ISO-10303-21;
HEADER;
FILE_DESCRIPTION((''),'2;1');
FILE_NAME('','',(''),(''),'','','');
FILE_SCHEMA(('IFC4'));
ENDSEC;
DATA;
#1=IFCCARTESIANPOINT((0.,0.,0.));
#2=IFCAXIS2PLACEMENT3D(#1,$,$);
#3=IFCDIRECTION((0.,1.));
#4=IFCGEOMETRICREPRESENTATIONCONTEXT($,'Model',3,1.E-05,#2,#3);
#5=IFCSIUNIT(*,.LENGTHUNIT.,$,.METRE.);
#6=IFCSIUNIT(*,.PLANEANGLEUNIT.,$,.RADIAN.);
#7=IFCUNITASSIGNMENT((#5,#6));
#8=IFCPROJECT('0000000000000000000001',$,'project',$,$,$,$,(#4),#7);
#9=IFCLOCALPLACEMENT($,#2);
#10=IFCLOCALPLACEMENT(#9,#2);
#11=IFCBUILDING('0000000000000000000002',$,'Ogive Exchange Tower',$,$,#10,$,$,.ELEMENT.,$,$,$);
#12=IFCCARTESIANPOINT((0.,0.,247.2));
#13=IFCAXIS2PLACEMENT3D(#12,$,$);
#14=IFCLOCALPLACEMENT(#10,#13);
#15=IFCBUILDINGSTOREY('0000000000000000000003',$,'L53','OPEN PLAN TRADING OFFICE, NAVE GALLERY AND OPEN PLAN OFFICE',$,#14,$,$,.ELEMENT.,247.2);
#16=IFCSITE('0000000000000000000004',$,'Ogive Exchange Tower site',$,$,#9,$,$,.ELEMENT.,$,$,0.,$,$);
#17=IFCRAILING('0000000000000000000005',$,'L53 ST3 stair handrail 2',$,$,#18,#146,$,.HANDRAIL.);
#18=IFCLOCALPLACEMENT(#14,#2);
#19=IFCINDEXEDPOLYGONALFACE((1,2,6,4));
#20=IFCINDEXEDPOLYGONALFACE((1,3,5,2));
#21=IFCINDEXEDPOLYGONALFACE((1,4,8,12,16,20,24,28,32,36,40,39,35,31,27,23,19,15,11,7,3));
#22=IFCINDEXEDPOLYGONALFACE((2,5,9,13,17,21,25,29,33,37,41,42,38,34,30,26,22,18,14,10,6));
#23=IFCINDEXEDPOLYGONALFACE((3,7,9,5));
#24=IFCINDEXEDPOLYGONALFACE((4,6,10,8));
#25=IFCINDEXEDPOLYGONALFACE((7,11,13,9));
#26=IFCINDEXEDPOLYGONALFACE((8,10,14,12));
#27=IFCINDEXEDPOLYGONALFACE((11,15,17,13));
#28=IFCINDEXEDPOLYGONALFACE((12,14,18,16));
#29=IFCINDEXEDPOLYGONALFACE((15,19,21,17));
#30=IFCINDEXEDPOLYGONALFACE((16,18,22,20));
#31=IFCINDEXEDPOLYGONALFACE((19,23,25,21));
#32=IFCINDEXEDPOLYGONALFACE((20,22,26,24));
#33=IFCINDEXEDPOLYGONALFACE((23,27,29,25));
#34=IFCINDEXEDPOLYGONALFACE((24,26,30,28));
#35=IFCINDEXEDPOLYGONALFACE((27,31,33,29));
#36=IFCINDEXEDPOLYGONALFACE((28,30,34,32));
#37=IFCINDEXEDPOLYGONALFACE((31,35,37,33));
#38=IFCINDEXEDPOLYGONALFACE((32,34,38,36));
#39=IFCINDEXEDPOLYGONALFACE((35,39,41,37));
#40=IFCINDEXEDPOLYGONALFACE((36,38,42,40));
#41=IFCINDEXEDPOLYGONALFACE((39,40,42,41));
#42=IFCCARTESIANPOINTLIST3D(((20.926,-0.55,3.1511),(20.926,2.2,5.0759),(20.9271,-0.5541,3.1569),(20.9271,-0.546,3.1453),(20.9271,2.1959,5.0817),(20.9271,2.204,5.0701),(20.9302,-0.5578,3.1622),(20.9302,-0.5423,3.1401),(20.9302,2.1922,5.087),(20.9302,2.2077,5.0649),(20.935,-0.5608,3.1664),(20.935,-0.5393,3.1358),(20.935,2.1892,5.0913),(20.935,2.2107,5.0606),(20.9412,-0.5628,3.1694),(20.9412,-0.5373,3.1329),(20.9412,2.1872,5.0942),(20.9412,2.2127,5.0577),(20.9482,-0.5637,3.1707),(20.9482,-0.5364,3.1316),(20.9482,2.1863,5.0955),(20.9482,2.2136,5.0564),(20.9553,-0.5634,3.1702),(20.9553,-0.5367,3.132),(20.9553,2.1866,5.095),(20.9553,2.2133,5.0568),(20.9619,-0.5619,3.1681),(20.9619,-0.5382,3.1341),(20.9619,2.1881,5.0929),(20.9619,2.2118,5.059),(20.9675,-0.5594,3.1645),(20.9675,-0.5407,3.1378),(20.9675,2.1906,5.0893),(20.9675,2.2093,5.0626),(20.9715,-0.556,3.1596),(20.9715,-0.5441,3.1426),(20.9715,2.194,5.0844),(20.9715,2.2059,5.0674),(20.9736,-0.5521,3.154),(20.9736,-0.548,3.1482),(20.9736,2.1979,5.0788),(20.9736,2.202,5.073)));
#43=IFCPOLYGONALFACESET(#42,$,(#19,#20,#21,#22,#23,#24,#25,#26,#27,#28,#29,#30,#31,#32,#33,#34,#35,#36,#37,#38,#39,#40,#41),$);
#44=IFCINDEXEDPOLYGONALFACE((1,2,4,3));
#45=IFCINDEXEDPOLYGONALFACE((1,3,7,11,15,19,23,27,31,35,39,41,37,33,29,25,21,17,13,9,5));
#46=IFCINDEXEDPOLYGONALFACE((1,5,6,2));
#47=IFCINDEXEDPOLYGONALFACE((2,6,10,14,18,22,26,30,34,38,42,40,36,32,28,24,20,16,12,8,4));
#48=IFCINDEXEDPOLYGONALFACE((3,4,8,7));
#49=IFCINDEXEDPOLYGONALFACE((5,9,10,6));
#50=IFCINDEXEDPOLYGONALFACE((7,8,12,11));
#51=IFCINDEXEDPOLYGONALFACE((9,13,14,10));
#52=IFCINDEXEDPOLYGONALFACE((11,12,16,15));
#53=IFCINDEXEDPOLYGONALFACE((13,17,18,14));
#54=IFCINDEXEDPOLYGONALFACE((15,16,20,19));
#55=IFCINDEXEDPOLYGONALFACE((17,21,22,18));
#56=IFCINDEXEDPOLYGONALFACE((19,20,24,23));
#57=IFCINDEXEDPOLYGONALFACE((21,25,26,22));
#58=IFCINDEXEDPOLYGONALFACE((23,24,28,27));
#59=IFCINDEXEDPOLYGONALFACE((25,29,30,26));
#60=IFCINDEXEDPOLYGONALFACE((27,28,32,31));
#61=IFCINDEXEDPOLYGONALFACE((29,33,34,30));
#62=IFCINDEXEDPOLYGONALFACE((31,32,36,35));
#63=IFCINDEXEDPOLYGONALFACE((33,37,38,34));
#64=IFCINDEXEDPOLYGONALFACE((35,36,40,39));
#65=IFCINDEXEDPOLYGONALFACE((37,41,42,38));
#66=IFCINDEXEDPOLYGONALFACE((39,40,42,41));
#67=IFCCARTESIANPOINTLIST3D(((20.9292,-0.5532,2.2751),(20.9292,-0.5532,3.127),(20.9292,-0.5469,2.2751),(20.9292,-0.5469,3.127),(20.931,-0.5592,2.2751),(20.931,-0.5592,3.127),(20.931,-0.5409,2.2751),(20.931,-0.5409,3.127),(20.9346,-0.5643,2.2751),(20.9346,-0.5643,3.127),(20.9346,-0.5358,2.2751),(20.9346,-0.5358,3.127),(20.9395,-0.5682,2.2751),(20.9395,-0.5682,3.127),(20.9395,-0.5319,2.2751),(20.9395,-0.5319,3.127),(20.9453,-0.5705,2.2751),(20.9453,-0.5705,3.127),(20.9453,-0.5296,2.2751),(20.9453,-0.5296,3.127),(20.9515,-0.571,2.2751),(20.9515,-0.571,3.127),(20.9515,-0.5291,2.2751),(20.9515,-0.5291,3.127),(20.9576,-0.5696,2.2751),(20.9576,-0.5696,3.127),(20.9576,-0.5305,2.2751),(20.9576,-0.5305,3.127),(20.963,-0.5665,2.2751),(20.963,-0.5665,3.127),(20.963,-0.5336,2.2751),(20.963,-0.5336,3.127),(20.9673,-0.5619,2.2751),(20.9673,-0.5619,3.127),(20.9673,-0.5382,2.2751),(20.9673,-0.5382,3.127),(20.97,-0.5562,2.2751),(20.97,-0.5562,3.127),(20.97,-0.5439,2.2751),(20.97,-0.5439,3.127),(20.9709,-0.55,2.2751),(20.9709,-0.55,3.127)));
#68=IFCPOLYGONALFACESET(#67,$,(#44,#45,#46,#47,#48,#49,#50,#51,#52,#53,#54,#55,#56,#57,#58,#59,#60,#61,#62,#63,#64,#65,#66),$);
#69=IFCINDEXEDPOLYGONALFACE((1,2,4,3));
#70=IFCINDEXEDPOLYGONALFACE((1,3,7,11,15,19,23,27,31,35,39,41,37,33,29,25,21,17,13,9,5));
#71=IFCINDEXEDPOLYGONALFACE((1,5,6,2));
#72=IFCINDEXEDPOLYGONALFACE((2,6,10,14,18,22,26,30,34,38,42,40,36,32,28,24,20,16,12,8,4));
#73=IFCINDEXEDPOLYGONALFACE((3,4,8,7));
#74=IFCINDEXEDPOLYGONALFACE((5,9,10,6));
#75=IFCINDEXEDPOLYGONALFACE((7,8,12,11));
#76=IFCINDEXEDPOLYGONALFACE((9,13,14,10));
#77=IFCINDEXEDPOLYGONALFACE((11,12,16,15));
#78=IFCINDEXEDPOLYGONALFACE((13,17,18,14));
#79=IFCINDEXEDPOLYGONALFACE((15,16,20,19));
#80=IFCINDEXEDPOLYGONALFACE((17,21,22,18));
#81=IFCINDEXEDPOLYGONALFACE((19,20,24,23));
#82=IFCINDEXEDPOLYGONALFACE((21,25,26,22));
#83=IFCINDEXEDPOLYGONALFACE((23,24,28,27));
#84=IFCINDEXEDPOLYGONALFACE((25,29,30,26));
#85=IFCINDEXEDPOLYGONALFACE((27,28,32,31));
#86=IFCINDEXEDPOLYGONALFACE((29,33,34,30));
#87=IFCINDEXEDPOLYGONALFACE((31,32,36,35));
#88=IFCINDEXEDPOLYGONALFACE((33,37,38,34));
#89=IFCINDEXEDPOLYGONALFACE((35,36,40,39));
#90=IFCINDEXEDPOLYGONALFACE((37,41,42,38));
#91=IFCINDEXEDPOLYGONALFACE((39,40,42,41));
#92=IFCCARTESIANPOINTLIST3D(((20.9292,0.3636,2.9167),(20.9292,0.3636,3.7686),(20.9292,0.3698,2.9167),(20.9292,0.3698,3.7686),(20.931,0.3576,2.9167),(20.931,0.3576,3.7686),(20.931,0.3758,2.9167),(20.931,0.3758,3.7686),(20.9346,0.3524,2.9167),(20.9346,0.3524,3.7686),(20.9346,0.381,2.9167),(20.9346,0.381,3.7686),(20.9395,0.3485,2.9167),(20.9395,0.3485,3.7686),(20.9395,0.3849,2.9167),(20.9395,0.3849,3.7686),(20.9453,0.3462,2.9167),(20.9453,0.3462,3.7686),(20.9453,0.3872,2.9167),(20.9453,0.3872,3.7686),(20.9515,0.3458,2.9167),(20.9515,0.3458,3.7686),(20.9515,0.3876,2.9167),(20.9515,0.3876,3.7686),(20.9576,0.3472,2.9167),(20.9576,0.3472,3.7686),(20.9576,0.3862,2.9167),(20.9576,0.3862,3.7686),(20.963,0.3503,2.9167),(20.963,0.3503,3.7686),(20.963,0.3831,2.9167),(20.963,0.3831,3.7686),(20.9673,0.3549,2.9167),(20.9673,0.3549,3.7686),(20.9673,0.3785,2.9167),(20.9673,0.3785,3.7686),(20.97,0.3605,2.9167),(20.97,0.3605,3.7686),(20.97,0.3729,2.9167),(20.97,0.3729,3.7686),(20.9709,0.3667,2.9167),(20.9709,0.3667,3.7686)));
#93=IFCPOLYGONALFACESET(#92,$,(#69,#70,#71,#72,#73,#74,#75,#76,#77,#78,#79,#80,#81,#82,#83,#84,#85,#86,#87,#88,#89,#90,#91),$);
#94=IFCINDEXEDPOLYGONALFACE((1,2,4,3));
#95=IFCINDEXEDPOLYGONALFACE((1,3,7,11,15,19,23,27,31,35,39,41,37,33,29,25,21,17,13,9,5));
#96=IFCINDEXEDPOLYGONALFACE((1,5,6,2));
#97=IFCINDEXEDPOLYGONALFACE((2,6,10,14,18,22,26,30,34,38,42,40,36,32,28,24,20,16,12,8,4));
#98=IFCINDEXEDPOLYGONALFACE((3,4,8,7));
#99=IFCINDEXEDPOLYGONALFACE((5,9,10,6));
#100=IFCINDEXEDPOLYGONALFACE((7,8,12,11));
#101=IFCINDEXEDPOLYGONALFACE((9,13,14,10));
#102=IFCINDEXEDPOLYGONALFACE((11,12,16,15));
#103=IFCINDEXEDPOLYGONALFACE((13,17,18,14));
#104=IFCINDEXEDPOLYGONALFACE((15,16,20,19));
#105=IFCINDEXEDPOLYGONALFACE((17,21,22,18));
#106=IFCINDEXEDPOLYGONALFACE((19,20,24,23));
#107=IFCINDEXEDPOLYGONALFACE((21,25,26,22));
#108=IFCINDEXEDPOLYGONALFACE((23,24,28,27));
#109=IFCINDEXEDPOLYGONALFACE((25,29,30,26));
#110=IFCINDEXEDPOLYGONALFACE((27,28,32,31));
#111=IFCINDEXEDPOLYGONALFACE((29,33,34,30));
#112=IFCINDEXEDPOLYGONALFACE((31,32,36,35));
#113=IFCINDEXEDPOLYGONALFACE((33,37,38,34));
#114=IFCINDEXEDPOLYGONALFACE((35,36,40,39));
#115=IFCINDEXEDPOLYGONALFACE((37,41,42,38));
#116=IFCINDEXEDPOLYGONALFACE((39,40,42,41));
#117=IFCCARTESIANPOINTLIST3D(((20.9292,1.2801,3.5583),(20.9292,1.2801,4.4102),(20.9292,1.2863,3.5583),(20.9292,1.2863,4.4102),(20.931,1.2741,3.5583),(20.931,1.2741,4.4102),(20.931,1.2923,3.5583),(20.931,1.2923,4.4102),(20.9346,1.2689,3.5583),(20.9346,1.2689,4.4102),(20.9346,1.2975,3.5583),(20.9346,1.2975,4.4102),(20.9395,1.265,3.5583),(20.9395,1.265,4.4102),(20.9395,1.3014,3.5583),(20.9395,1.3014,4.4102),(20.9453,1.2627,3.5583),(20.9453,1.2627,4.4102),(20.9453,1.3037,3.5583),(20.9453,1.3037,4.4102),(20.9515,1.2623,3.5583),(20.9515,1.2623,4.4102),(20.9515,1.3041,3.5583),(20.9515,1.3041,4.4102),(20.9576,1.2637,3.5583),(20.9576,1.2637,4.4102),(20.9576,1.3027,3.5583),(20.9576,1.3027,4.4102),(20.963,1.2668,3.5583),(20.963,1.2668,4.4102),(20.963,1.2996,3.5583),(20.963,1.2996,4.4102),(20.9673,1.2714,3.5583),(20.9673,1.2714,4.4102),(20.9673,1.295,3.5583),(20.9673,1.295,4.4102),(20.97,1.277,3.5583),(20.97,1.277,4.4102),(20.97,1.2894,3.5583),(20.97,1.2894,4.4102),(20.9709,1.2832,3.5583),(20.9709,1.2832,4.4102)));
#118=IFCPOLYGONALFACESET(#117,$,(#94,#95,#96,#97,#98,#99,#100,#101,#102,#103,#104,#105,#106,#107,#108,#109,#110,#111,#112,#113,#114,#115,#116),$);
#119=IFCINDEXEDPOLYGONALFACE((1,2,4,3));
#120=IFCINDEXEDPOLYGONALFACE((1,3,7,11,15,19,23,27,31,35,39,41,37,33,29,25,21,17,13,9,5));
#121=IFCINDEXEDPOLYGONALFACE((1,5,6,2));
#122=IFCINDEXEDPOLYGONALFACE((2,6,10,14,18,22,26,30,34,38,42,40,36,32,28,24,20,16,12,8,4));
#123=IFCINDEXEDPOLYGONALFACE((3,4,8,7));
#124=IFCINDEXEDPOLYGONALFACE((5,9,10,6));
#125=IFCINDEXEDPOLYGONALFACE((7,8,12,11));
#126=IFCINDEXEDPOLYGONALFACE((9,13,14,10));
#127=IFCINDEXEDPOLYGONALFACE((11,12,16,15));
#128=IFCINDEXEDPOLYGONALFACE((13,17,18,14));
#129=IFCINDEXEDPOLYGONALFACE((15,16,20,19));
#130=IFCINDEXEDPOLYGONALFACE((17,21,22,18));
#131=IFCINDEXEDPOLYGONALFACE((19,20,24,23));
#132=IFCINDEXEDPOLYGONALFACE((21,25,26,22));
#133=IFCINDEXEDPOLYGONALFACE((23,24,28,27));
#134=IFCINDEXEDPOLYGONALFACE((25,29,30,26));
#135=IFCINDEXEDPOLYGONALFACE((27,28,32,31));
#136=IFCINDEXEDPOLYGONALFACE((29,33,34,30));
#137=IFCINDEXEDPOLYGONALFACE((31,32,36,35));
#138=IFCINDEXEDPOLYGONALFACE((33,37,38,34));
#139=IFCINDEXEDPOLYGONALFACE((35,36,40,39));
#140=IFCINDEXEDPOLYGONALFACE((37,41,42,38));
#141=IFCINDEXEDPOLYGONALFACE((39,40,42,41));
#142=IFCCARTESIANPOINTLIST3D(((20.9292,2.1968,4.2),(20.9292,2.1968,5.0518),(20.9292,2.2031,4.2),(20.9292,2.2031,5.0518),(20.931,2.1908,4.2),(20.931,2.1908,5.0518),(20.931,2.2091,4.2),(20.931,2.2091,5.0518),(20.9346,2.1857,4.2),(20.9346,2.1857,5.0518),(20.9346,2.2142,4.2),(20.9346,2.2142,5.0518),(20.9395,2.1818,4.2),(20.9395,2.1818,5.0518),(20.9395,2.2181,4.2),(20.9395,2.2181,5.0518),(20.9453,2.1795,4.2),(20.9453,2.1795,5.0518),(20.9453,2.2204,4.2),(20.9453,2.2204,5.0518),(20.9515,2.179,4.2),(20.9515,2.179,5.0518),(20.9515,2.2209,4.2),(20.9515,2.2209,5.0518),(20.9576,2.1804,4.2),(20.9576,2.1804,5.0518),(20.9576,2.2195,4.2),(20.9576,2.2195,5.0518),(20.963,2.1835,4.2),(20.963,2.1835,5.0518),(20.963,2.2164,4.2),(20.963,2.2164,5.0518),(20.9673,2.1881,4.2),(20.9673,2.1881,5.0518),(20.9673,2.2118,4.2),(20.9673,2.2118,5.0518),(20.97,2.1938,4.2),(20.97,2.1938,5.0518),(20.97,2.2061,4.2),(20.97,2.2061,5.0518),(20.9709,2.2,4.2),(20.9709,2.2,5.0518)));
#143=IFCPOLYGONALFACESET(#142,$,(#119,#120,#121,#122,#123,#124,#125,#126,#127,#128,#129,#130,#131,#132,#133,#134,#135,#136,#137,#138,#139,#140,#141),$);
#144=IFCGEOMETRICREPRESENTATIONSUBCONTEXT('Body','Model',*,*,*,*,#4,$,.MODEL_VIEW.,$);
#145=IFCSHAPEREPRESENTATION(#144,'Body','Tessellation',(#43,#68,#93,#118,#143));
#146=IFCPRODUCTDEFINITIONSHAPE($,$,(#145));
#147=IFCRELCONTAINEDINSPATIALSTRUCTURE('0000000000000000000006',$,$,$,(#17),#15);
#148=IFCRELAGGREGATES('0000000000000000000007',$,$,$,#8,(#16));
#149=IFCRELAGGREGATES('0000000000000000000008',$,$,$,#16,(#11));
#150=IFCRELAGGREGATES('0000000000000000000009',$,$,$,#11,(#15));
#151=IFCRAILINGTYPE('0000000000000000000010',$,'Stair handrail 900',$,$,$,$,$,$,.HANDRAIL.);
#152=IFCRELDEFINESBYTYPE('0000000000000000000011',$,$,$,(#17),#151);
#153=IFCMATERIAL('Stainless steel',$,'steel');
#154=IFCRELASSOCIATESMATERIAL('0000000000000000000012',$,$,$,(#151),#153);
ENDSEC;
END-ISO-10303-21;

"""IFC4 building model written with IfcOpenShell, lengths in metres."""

from ifc_helpers import new_model, si_unit, direction, frame, origin, origin_2d, place, context, subcontext, project, spatial, circle, extrude, material, type_object, element, save


model = new_model("IFC4")

# Units and contexts
model_context = context("Model", 3, precision=1e-05, world=origin(), true_north=direction((0.0, 1.0)))
body_context = subcontext(model_context, "Body", "Model", "MODEL_VIEW")
ifc_project = project(units=[si_unit("LENGTHUNIT", "METRE"), si_unit("PLANEANGLEUNIT", "RADIAN")], contexts=[model_context])

# Site, building, storey
site_placement = place(None, origin())
site = spatial("IfcSite", under=ifc_project, at=site_placement, Name="Ogive Exchange Tower site", CompositionType="ELEMENT", RefElevation=0.0)
building_placement = place(site_placement, origin())
building = spatial("IfcBuilding", under=site, at=building_placement, Name="Ogive Exchange Tower", CompositionType="ELEMENT")
storey_placement = place(building_placement, frame((0.0, 0.0, 247.2)))
storey = spatial("IfcBuildingStorey", under=building, at=storey_placement, Name="L53", Description="OPEN PLAN TRADING OFFICE, NAVE GALLERY AND OPEN PLAN OFFICE", CompositionType="ELEMENT", Elevation=247.2)

# Shared definitions
ifc_material_1 = material(Name="Stainless steel", Category="steel")

# Railing
railing_type = type_object("IfcRailingType", Name="Stair handrail 900", PredefinedType="HANDRAIL", material=ifc_material_1)
railing_1_placement = place(storey_placement, frame((20.95, -0.55, 2.2751)))
element("IfcRailing", 1, at=railing_1_placement, inside=storey, type_object=railing_type, Name="L53 ST3 stair handrail 2", PredefinedType="HANDRAIL", context=body_context, shape_type="SweptSolid", body=[
    extrude(circle(Radius=0.0239, at=origin_2d()), frame((0.0, 0.0, 0.876), z_axis=(0.0, 0.819259, 0.573423), x_axis=(-1.0, 0.0, 0.0)), (0.0, 0.0, 1.0), 3.3567),
    extrude(circle(Radius=0.021, at=origin_2d()), origin(), (0.0, 0.0, 1.0), 0.8518),
    extrude(circle(Radius=0.021, at=origin_2d()), frame((0.0, 0.9167, 0.6416)), (0.0, 0.0, 1.0), 0.8518),
    extrude(circle(Radius=0.021, at=origin_2d()), frame((0.0, 1.8333, 1.2832)), (0.0, 0.0, 1.0), 0.8518),
    extrude(circle(Radius=0.021, at=origin_2d()), frame((0.0, 2.75, 1.9248)), (0.0, 0.0, 1.0), 0.8518),
])

save(model, "model.ifc")
